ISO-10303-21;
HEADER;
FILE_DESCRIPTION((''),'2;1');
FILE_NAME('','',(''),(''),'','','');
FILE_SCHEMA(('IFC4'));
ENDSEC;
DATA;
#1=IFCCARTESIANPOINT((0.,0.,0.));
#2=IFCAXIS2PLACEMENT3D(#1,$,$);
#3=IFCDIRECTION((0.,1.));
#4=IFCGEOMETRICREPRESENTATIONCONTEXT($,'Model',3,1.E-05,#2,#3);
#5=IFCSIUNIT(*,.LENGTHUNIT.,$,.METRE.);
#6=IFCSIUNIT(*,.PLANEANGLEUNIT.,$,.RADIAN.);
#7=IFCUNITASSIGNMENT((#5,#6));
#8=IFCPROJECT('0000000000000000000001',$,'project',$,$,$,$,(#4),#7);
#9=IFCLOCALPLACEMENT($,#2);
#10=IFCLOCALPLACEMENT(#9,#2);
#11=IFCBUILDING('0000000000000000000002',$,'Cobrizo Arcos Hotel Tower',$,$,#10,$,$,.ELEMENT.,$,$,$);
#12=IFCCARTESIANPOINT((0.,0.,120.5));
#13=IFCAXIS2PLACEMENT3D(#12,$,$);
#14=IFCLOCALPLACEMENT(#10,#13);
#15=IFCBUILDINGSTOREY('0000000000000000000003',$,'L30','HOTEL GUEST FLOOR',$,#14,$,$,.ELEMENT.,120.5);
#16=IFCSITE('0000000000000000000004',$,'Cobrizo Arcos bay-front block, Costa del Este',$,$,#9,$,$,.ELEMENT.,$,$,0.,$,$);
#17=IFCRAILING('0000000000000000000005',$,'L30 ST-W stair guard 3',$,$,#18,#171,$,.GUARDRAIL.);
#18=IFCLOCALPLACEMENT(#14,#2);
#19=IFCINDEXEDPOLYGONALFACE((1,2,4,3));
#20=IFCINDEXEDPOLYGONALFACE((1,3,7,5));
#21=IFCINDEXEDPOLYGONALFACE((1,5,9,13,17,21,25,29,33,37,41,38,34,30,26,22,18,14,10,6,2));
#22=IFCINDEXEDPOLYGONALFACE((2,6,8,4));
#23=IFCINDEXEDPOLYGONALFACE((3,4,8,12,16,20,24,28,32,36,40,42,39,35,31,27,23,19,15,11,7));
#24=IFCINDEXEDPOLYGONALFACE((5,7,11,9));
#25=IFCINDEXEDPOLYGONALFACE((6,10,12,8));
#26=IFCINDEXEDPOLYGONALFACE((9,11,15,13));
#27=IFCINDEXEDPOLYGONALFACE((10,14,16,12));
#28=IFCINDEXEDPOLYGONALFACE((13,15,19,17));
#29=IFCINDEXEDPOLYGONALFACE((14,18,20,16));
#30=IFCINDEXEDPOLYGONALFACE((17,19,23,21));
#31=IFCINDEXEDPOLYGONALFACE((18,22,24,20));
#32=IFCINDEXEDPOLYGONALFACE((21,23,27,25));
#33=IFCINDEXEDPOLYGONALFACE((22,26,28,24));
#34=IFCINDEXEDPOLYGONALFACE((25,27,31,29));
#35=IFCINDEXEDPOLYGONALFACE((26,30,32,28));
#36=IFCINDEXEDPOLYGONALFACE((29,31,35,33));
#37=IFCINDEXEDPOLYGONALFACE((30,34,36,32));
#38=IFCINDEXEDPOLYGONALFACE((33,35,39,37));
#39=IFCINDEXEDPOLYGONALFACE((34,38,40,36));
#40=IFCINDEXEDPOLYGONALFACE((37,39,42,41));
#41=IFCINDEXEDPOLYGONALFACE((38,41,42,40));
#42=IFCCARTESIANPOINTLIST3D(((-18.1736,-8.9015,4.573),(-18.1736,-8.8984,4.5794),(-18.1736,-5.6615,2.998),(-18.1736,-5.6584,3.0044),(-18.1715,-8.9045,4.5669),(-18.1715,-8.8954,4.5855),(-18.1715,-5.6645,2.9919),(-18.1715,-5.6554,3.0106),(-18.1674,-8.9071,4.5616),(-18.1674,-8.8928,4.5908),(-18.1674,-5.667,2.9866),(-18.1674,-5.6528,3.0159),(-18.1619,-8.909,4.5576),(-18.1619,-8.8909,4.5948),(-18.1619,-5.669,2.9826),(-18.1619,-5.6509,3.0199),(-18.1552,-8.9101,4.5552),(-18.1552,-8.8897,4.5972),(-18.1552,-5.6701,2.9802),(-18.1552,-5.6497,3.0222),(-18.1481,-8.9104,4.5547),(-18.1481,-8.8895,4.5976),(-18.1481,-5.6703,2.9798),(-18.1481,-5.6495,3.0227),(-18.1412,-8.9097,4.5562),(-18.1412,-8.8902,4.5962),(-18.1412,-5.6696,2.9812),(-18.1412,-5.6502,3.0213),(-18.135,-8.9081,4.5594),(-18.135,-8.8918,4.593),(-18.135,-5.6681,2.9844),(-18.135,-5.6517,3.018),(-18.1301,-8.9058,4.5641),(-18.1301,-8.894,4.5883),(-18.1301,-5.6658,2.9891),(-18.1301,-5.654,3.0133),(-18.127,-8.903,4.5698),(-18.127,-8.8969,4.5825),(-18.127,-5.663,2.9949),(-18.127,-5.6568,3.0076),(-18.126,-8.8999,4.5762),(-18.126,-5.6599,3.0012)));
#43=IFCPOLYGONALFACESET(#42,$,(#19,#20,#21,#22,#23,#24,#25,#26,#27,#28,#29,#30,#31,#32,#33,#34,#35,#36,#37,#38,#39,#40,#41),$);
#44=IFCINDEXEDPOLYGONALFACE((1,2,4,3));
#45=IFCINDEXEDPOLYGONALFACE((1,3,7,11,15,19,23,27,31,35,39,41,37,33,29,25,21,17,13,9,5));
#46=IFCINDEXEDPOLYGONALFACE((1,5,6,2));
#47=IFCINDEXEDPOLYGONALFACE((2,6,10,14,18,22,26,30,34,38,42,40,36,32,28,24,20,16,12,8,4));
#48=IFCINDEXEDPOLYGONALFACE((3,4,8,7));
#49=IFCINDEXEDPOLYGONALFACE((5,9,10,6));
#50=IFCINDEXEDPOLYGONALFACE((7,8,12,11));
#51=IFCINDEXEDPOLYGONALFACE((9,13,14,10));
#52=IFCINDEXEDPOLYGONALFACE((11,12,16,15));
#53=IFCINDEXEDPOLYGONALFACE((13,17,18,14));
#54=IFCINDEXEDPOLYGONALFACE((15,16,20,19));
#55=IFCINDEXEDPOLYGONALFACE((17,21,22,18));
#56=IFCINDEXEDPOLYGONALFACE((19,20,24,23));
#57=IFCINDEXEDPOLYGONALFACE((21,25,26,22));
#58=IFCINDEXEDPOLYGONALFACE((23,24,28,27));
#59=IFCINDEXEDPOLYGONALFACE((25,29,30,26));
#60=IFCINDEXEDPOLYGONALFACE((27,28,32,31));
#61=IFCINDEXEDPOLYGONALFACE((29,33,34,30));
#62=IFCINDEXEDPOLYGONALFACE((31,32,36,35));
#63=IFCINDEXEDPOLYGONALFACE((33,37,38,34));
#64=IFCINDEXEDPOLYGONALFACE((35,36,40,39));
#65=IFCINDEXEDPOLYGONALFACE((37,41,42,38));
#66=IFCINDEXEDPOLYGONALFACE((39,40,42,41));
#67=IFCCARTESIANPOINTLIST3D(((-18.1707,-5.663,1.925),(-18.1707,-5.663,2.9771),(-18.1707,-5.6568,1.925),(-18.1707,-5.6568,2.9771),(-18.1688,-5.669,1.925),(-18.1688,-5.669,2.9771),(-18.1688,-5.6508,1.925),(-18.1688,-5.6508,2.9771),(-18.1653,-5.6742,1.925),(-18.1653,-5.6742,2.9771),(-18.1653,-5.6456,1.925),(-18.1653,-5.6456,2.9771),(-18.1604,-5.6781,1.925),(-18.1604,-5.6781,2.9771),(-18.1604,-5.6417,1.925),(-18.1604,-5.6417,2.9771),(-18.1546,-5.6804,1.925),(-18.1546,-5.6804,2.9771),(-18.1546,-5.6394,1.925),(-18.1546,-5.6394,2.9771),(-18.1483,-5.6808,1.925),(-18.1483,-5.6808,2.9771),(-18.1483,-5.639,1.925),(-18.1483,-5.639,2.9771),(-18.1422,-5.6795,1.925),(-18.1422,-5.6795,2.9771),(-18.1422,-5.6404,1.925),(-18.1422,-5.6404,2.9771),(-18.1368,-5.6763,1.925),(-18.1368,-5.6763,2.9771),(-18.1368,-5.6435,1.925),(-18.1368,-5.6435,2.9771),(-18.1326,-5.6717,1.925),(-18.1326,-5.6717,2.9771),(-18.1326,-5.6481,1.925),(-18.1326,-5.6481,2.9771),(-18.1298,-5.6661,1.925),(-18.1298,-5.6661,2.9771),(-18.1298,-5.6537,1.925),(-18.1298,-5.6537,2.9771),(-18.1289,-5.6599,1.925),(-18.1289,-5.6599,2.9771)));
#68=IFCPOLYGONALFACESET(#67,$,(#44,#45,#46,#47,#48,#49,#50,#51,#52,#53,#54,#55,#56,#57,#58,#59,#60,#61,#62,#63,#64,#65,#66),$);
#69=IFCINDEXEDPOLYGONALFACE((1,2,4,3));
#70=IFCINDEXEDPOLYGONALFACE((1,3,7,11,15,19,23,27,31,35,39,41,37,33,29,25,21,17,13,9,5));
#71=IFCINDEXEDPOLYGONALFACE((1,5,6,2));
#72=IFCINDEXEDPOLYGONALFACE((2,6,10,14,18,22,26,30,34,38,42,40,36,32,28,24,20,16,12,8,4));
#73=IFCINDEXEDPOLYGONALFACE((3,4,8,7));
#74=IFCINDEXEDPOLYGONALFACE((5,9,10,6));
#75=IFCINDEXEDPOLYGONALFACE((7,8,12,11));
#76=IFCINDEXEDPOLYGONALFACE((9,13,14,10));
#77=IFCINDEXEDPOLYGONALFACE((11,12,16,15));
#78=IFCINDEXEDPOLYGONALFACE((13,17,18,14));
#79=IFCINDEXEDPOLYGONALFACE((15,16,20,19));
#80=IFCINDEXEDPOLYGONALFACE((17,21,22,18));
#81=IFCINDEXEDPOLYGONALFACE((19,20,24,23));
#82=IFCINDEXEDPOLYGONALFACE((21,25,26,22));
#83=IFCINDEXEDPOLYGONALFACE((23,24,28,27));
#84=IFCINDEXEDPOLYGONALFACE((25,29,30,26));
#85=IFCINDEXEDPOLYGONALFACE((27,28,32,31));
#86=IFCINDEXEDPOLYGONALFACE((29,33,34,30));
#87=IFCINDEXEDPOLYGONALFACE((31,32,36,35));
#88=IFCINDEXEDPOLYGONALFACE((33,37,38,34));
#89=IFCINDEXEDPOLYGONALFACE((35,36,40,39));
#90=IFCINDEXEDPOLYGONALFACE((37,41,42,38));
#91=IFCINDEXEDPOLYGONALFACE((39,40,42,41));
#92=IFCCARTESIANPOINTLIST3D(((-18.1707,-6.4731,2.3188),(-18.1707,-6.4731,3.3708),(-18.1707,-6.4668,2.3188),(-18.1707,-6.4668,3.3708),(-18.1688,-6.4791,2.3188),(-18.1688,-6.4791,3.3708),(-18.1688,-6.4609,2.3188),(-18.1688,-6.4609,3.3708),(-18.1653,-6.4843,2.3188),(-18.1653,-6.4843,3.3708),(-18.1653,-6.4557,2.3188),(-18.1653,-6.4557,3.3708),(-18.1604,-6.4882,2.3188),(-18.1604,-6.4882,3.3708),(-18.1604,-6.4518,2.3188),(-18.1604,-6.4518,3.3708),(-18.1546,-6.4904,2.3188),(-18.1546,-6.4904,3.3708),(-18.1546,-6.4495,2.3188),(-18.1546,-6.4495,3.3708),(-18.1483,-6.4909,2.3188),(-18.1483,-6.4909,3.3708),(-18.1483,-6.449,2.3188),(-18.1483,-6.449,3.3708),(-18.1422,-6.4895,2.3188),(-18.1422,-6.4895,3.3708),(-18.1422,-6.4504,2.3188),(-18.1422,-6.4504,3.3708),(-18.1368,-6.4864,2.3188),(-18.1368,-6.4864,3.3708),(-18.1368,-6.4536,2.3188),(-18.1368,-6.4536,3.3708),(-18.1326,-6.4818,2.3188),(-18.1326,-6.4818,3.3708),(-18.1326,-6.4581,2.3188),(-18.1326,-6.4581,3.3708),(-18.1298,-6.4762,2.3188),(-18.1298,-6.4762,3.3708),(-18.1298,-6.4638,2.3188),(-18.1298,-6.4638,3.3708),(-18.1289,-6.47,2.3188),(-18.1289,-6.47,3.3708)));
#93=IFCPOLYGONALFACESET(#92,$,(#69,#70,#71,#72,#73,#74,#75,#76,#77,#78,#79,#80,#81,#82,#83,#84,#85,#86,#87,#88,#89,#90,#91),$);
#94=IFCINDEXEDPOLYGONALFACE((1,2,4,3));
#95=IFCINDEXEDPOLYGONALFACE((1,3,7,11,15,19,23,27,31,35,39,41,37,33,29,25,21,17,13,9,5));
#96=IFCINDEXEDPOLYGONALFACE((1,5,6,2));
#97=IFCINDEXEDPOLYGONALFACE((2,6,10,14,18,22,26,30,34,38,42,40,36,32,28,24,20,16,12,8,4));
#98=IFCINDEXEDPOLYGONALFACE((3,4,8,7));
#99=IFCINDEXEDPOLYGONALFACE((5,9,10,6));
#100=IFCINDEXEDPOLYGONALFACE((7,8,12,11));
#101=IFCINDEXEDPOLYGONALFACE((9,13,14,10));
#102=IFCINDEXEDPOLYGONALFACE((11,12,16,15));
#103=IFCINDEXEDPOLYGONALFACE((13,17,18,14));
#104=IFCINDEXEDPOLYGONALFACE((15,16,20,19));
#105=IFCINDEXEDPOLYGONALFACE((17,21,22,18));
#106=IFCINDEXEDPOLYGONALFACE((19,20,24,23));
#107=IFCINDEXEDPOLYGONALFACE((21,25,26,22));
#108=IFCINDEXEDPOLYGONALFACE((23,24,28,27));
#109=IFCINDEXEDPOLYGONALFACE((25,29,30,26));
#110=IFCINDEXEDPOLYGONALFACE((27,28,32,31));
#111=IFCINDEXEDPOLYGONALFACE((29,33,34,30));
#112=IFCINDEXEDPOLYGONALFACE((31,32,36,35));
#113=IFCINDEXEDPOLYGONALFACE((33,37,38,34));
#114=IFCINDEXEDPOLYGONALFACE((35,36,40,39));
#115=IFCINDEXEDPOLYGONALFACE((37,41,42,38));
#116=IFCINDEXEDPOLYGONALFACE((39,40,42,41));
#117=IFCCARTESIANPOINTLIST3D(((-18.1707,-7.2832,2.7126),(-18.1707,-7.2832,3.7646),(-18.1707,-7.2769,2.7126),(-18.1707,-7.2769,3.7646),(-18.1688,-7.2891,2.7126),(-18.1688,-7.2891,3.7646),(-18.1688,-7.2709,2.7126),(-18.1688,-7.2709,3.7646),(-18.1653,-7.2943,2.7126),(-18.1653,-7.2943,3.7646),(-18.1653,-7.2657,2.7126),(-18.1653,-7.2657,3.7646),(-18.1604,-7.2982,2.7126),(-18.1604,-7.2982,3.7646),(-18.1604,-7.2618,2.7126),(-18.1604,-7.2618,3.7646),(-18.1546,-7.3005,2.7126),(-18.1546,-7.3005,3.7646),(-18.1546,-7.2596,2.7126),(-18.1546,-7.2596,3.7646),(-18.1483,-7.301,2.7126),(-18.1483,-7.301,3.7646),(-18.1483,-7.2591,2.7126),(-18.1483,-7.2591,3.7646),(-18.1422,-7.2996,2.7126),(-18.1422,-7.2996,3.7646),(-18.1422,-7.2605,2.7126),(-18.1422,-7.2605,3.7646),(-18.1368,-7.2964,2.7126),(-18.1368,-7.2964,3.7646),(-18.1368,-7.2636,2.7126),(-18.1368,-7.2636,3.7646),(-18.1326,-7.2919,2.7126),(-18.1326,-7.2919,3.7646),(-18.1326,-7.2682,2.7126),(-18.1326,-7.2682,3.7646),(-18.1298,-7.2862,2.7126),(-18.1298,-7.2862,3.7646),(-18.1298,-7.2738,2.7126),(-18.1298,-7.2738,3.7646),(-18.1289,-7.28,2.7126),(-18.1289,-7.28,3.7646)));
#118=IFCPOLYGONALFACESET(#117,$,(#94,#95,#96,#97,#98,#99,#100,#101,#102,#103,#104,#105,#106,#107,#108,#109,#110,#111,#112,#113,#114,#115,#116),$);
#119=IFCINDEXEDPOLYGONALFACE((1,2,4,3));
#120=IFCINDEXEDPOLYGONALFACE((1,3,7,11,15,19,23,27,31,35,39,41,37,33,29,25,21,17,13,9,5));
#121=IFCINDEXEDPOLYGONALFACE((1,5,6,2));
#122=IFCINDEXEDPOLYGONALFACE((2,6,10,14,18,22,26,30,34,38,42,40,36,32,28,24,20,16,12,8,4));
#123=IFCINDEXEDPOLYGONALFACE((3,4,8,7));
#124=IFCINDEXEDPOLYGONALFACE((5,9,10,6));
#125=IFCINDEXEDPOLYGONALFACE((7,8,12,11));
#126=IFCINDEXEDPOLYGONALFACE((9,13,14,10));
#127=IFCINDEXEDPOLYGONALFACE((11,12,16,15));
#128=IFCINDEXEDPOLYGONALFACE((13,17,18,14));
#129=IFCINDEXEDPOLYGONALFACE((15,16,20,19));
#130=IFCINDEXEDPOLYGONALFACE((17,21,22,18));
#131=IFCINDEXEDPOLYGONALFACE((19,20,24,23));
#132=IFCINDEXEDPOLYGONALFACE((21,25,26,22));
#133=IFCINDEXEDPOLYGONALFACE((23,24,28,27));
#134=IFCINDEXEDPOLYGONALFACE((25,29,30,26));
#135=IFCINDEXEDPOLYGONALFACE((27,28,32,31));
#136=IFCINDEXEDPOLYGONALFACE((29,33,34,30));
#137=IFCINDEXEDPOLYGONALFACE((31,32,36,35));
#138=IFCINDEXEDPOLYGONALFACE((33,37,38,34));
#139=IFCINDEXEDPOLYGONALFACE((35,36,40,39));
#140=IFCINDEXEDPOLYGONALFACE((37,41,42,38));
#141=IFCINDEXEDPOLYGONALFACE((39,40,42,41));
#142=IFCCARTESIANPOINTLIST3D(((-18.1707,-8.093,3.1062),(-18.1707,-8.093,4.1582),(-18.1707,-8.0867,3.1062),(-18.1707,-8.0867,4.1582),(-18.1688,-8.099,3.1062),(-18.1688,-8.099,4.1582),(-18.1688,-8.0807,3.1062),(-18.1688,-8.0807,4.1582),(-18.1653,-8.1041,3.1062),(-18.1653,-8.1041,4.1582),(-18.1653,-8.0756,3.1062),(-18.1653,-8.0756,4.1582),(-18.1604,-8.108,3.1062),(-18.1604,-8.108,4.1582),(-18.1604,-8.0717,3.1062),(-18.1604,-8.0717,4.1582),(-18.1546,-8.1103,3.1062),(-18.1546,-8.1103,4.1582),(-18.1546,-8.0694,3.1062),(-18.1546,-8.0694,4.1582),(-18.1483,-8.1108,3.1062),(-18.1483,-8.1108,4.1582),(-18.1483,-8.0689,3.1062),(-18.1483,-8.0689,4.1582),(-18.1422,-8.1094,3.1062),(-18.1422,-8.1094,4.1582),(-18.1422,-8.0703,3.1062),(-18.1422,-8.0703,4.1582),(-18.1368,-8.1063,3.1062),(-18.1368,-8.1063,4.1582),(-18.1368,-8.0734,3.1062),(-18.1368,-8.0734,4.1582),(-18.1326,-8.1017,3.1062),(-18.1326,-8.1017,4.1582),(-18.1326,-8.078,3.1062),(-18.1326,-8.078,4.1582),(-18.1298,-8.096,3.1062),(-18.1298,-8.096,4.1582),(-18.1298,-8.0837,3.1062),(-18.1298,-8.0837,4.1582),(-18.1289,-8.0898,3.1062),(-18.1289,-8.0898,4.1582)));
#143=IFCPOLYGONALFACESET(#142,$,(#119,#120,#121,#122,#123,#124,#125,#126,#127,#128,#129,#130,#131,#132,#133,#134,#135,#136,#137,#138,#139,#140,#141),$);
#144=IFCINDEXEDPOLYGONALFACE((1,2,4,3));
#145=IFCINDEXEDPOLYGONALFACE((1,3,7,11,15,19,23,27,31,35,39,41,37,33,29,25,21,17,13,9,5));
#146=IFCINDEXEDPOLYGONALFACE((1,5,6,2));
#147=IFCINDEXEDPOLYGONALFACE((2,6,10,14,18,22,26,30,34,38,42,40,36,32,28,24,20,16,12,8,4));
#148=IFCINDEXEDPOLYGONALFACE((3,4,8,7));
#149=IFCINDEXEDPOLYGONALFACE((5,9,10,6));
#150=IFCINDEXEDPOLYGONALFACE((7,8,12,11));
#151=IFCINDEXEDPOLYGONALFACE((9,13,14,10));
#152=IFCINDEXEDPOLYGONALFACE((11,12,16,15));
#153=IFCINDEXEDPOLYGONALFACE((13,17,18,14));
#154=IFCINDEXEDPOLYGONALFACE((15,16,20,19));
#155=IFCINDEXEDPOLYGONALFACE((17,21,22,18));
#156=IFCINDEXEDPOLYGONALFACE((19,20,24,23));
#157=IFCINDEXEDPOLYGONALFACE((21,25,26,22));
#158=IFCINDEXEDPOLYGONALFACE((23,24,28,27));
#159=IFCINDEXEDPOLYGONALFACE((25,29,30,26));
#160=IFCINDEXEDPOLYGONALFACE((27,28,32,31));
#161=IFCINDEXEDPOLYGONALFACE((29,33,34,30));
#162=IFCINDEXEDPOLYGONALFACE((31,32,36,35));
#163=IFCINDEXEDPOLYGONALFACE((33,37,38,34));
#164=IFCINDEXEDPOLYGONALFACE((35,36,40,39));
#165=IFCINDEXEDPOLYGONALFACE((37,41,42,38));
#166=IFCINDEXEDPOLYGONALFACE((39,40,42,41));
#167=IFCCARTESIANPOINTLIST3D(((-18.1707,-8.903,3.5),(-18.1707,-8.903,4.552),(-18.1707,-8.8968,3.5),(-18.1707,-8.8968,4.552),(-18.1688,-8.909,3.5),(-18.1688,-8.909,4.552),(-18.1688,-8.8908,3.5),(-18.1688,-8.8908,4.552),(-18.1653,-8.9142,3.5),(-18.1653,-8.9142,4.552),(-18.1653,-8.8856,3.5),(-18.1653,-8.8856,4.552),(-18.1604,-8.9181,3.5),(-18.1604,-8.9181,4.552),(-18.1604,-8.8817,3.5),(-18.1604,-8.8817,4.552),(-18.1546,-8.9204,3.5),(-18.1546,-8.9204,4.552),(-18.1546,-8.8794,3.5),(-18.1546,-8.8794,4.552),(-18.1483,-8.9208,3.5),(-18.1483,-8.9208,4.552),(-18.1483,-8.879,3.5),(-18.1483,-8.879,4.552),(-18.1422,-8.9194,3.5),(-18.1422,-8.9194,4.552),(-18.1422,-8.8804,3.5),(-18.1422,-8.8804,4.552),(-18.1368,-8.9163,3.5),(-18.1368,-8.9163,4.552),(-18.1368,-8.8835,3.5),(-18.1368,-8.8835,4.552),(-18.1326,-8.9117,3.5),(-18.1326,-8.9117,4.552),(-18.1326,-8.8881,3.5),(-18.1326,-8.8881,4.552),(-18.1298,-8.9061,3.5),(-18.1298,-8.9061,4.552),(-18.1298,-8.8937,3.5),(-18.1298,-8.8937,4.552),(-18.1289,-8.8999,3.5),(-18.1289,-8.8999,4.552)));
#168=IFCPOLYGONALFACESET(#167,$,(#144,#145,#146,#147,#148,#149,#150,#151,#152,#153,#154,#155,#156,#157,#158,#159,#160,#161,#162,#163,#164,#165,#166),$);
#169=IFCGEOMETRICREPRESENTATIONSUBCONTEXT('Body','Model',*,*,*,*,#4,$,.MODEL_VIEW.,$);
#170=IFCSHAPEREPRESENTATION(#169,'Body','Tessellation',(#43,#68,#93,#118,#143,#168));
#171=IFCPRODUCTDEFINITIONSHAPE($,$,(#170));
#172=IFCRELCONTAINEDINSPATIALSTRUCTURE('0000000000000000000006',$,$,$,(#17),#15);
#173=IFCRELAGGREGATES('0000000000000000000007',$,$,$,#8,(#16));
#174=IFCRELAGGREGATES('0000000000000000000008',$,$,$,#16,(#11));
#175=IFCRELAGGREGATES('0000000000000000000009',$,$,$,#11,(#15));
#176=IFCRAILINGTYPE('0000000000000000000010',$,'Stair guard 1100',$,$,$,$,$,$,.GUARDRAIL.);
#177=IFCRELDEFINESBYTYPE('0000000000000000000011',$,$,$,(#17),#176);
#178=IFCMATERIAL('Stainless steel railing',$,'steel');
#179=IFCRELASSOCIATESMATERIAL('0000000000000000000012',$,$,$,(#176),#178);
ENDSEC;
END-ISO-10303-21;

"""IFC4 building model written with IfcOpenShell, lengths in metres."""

from ifc_helpers import new_model, si_unit, direction, frame, origin, origin_2d, place, context, subcontext, project, spatial, circle, extrude, material, type_object, element, save


model = new_model("IFC4")

# Units and contexts
model_context = context("Model", 3, precision=1e-05, world=origin(), true_north=direction((0.0, 1.0)))
body_context = subcontext(model_context, "Body", "Model", "MODEL_VIEW")
ifc_project = project(units=[si_unit("LENGTHUNIT", "METRE"), si_unit("PLANEANGLEUNIT", "RADIAN")], contexts=[model_context])

# Site, building, storey
site_placement = place(None, origin())
site = spatial("IfcSite", under=ifc_project, at=site_placement, Name="Cobrizo Arcos bay-front block, Costa del Este", CompositionType="ELEMENT", RefElevation=0.0)
building_placement = place(site_placement, origin())
building = spatial("IfcBuilding", under=site, at=building_placement, Name="Cobrizo Arcos Hotel Tower", CompositionType="ELEMENT")
storey_placement = place(building_placement, frame((0.0, 0.0, 120.5)))
storey = spatial("IfcBuildingStorey", under=building, at=storey_placement, Name="L30", Description="HOTEL GUEST FLOOR", CompositionType="ELEMENT", Elevation=120.5)

# Railing
ifc_material_1 = material(Name="Stainless steel railing", Category="steel")
railing_type_1 = type_object("IfcRailingType", Name="Stair guard 1100", PredefinedType="GUARDRAIL", material=ifc_material_1)
railing_1_placement = place(storey_placement, frame((-18.1499, -5.6599, 1.925)))
element("IfcRailing", 1, at=railing_1_placement, inside=storey, type_object=railing_type_1, Name="L30 ST-W stair guard 3", PredefinedType="GUARDRAIL", context=body_context, shape_type="SweptSolid", body=[
    extrude(circle(Radius=0.0239, at=origin_2d()), frame((0.0, 0.0, 1.0762), z_axis=(0.0, -0.899373, 0.437183), x_axis=(1.0, 0.0, 0.0)), (0.0, 0.0, 1.0), 3.6025),
    extrude(circle(Radius=0.021, at=origin_2d()), origin(), (0.0, 0.0, 1.0), 1.052),
    extrude(circle(Radius=0.021, at=origin_2d()), frame((0.0, -0.8101, 0.3938)), (0.0, 0.0, 1.0), 1.052),
    extrude(circle(Radius=0.021, at=origin_2d()), frame((0.0, -1.6201, 0.7876)), (0.0, 0.0, 1.0), 1.052),
    extrude(circle(Radius=0.021, at=origin_2d()), frame((0.0, -2.4299, 1.1812)), (0.0, 0.0, 1.0), 1.052),
    extrude(circle(Radius=0.021, at=origin_2d()), frame((0.0, -3.24, 1.575)), (0.0, 0.0, 1.0), 1.052),
])

save(model, "model.ifc")
